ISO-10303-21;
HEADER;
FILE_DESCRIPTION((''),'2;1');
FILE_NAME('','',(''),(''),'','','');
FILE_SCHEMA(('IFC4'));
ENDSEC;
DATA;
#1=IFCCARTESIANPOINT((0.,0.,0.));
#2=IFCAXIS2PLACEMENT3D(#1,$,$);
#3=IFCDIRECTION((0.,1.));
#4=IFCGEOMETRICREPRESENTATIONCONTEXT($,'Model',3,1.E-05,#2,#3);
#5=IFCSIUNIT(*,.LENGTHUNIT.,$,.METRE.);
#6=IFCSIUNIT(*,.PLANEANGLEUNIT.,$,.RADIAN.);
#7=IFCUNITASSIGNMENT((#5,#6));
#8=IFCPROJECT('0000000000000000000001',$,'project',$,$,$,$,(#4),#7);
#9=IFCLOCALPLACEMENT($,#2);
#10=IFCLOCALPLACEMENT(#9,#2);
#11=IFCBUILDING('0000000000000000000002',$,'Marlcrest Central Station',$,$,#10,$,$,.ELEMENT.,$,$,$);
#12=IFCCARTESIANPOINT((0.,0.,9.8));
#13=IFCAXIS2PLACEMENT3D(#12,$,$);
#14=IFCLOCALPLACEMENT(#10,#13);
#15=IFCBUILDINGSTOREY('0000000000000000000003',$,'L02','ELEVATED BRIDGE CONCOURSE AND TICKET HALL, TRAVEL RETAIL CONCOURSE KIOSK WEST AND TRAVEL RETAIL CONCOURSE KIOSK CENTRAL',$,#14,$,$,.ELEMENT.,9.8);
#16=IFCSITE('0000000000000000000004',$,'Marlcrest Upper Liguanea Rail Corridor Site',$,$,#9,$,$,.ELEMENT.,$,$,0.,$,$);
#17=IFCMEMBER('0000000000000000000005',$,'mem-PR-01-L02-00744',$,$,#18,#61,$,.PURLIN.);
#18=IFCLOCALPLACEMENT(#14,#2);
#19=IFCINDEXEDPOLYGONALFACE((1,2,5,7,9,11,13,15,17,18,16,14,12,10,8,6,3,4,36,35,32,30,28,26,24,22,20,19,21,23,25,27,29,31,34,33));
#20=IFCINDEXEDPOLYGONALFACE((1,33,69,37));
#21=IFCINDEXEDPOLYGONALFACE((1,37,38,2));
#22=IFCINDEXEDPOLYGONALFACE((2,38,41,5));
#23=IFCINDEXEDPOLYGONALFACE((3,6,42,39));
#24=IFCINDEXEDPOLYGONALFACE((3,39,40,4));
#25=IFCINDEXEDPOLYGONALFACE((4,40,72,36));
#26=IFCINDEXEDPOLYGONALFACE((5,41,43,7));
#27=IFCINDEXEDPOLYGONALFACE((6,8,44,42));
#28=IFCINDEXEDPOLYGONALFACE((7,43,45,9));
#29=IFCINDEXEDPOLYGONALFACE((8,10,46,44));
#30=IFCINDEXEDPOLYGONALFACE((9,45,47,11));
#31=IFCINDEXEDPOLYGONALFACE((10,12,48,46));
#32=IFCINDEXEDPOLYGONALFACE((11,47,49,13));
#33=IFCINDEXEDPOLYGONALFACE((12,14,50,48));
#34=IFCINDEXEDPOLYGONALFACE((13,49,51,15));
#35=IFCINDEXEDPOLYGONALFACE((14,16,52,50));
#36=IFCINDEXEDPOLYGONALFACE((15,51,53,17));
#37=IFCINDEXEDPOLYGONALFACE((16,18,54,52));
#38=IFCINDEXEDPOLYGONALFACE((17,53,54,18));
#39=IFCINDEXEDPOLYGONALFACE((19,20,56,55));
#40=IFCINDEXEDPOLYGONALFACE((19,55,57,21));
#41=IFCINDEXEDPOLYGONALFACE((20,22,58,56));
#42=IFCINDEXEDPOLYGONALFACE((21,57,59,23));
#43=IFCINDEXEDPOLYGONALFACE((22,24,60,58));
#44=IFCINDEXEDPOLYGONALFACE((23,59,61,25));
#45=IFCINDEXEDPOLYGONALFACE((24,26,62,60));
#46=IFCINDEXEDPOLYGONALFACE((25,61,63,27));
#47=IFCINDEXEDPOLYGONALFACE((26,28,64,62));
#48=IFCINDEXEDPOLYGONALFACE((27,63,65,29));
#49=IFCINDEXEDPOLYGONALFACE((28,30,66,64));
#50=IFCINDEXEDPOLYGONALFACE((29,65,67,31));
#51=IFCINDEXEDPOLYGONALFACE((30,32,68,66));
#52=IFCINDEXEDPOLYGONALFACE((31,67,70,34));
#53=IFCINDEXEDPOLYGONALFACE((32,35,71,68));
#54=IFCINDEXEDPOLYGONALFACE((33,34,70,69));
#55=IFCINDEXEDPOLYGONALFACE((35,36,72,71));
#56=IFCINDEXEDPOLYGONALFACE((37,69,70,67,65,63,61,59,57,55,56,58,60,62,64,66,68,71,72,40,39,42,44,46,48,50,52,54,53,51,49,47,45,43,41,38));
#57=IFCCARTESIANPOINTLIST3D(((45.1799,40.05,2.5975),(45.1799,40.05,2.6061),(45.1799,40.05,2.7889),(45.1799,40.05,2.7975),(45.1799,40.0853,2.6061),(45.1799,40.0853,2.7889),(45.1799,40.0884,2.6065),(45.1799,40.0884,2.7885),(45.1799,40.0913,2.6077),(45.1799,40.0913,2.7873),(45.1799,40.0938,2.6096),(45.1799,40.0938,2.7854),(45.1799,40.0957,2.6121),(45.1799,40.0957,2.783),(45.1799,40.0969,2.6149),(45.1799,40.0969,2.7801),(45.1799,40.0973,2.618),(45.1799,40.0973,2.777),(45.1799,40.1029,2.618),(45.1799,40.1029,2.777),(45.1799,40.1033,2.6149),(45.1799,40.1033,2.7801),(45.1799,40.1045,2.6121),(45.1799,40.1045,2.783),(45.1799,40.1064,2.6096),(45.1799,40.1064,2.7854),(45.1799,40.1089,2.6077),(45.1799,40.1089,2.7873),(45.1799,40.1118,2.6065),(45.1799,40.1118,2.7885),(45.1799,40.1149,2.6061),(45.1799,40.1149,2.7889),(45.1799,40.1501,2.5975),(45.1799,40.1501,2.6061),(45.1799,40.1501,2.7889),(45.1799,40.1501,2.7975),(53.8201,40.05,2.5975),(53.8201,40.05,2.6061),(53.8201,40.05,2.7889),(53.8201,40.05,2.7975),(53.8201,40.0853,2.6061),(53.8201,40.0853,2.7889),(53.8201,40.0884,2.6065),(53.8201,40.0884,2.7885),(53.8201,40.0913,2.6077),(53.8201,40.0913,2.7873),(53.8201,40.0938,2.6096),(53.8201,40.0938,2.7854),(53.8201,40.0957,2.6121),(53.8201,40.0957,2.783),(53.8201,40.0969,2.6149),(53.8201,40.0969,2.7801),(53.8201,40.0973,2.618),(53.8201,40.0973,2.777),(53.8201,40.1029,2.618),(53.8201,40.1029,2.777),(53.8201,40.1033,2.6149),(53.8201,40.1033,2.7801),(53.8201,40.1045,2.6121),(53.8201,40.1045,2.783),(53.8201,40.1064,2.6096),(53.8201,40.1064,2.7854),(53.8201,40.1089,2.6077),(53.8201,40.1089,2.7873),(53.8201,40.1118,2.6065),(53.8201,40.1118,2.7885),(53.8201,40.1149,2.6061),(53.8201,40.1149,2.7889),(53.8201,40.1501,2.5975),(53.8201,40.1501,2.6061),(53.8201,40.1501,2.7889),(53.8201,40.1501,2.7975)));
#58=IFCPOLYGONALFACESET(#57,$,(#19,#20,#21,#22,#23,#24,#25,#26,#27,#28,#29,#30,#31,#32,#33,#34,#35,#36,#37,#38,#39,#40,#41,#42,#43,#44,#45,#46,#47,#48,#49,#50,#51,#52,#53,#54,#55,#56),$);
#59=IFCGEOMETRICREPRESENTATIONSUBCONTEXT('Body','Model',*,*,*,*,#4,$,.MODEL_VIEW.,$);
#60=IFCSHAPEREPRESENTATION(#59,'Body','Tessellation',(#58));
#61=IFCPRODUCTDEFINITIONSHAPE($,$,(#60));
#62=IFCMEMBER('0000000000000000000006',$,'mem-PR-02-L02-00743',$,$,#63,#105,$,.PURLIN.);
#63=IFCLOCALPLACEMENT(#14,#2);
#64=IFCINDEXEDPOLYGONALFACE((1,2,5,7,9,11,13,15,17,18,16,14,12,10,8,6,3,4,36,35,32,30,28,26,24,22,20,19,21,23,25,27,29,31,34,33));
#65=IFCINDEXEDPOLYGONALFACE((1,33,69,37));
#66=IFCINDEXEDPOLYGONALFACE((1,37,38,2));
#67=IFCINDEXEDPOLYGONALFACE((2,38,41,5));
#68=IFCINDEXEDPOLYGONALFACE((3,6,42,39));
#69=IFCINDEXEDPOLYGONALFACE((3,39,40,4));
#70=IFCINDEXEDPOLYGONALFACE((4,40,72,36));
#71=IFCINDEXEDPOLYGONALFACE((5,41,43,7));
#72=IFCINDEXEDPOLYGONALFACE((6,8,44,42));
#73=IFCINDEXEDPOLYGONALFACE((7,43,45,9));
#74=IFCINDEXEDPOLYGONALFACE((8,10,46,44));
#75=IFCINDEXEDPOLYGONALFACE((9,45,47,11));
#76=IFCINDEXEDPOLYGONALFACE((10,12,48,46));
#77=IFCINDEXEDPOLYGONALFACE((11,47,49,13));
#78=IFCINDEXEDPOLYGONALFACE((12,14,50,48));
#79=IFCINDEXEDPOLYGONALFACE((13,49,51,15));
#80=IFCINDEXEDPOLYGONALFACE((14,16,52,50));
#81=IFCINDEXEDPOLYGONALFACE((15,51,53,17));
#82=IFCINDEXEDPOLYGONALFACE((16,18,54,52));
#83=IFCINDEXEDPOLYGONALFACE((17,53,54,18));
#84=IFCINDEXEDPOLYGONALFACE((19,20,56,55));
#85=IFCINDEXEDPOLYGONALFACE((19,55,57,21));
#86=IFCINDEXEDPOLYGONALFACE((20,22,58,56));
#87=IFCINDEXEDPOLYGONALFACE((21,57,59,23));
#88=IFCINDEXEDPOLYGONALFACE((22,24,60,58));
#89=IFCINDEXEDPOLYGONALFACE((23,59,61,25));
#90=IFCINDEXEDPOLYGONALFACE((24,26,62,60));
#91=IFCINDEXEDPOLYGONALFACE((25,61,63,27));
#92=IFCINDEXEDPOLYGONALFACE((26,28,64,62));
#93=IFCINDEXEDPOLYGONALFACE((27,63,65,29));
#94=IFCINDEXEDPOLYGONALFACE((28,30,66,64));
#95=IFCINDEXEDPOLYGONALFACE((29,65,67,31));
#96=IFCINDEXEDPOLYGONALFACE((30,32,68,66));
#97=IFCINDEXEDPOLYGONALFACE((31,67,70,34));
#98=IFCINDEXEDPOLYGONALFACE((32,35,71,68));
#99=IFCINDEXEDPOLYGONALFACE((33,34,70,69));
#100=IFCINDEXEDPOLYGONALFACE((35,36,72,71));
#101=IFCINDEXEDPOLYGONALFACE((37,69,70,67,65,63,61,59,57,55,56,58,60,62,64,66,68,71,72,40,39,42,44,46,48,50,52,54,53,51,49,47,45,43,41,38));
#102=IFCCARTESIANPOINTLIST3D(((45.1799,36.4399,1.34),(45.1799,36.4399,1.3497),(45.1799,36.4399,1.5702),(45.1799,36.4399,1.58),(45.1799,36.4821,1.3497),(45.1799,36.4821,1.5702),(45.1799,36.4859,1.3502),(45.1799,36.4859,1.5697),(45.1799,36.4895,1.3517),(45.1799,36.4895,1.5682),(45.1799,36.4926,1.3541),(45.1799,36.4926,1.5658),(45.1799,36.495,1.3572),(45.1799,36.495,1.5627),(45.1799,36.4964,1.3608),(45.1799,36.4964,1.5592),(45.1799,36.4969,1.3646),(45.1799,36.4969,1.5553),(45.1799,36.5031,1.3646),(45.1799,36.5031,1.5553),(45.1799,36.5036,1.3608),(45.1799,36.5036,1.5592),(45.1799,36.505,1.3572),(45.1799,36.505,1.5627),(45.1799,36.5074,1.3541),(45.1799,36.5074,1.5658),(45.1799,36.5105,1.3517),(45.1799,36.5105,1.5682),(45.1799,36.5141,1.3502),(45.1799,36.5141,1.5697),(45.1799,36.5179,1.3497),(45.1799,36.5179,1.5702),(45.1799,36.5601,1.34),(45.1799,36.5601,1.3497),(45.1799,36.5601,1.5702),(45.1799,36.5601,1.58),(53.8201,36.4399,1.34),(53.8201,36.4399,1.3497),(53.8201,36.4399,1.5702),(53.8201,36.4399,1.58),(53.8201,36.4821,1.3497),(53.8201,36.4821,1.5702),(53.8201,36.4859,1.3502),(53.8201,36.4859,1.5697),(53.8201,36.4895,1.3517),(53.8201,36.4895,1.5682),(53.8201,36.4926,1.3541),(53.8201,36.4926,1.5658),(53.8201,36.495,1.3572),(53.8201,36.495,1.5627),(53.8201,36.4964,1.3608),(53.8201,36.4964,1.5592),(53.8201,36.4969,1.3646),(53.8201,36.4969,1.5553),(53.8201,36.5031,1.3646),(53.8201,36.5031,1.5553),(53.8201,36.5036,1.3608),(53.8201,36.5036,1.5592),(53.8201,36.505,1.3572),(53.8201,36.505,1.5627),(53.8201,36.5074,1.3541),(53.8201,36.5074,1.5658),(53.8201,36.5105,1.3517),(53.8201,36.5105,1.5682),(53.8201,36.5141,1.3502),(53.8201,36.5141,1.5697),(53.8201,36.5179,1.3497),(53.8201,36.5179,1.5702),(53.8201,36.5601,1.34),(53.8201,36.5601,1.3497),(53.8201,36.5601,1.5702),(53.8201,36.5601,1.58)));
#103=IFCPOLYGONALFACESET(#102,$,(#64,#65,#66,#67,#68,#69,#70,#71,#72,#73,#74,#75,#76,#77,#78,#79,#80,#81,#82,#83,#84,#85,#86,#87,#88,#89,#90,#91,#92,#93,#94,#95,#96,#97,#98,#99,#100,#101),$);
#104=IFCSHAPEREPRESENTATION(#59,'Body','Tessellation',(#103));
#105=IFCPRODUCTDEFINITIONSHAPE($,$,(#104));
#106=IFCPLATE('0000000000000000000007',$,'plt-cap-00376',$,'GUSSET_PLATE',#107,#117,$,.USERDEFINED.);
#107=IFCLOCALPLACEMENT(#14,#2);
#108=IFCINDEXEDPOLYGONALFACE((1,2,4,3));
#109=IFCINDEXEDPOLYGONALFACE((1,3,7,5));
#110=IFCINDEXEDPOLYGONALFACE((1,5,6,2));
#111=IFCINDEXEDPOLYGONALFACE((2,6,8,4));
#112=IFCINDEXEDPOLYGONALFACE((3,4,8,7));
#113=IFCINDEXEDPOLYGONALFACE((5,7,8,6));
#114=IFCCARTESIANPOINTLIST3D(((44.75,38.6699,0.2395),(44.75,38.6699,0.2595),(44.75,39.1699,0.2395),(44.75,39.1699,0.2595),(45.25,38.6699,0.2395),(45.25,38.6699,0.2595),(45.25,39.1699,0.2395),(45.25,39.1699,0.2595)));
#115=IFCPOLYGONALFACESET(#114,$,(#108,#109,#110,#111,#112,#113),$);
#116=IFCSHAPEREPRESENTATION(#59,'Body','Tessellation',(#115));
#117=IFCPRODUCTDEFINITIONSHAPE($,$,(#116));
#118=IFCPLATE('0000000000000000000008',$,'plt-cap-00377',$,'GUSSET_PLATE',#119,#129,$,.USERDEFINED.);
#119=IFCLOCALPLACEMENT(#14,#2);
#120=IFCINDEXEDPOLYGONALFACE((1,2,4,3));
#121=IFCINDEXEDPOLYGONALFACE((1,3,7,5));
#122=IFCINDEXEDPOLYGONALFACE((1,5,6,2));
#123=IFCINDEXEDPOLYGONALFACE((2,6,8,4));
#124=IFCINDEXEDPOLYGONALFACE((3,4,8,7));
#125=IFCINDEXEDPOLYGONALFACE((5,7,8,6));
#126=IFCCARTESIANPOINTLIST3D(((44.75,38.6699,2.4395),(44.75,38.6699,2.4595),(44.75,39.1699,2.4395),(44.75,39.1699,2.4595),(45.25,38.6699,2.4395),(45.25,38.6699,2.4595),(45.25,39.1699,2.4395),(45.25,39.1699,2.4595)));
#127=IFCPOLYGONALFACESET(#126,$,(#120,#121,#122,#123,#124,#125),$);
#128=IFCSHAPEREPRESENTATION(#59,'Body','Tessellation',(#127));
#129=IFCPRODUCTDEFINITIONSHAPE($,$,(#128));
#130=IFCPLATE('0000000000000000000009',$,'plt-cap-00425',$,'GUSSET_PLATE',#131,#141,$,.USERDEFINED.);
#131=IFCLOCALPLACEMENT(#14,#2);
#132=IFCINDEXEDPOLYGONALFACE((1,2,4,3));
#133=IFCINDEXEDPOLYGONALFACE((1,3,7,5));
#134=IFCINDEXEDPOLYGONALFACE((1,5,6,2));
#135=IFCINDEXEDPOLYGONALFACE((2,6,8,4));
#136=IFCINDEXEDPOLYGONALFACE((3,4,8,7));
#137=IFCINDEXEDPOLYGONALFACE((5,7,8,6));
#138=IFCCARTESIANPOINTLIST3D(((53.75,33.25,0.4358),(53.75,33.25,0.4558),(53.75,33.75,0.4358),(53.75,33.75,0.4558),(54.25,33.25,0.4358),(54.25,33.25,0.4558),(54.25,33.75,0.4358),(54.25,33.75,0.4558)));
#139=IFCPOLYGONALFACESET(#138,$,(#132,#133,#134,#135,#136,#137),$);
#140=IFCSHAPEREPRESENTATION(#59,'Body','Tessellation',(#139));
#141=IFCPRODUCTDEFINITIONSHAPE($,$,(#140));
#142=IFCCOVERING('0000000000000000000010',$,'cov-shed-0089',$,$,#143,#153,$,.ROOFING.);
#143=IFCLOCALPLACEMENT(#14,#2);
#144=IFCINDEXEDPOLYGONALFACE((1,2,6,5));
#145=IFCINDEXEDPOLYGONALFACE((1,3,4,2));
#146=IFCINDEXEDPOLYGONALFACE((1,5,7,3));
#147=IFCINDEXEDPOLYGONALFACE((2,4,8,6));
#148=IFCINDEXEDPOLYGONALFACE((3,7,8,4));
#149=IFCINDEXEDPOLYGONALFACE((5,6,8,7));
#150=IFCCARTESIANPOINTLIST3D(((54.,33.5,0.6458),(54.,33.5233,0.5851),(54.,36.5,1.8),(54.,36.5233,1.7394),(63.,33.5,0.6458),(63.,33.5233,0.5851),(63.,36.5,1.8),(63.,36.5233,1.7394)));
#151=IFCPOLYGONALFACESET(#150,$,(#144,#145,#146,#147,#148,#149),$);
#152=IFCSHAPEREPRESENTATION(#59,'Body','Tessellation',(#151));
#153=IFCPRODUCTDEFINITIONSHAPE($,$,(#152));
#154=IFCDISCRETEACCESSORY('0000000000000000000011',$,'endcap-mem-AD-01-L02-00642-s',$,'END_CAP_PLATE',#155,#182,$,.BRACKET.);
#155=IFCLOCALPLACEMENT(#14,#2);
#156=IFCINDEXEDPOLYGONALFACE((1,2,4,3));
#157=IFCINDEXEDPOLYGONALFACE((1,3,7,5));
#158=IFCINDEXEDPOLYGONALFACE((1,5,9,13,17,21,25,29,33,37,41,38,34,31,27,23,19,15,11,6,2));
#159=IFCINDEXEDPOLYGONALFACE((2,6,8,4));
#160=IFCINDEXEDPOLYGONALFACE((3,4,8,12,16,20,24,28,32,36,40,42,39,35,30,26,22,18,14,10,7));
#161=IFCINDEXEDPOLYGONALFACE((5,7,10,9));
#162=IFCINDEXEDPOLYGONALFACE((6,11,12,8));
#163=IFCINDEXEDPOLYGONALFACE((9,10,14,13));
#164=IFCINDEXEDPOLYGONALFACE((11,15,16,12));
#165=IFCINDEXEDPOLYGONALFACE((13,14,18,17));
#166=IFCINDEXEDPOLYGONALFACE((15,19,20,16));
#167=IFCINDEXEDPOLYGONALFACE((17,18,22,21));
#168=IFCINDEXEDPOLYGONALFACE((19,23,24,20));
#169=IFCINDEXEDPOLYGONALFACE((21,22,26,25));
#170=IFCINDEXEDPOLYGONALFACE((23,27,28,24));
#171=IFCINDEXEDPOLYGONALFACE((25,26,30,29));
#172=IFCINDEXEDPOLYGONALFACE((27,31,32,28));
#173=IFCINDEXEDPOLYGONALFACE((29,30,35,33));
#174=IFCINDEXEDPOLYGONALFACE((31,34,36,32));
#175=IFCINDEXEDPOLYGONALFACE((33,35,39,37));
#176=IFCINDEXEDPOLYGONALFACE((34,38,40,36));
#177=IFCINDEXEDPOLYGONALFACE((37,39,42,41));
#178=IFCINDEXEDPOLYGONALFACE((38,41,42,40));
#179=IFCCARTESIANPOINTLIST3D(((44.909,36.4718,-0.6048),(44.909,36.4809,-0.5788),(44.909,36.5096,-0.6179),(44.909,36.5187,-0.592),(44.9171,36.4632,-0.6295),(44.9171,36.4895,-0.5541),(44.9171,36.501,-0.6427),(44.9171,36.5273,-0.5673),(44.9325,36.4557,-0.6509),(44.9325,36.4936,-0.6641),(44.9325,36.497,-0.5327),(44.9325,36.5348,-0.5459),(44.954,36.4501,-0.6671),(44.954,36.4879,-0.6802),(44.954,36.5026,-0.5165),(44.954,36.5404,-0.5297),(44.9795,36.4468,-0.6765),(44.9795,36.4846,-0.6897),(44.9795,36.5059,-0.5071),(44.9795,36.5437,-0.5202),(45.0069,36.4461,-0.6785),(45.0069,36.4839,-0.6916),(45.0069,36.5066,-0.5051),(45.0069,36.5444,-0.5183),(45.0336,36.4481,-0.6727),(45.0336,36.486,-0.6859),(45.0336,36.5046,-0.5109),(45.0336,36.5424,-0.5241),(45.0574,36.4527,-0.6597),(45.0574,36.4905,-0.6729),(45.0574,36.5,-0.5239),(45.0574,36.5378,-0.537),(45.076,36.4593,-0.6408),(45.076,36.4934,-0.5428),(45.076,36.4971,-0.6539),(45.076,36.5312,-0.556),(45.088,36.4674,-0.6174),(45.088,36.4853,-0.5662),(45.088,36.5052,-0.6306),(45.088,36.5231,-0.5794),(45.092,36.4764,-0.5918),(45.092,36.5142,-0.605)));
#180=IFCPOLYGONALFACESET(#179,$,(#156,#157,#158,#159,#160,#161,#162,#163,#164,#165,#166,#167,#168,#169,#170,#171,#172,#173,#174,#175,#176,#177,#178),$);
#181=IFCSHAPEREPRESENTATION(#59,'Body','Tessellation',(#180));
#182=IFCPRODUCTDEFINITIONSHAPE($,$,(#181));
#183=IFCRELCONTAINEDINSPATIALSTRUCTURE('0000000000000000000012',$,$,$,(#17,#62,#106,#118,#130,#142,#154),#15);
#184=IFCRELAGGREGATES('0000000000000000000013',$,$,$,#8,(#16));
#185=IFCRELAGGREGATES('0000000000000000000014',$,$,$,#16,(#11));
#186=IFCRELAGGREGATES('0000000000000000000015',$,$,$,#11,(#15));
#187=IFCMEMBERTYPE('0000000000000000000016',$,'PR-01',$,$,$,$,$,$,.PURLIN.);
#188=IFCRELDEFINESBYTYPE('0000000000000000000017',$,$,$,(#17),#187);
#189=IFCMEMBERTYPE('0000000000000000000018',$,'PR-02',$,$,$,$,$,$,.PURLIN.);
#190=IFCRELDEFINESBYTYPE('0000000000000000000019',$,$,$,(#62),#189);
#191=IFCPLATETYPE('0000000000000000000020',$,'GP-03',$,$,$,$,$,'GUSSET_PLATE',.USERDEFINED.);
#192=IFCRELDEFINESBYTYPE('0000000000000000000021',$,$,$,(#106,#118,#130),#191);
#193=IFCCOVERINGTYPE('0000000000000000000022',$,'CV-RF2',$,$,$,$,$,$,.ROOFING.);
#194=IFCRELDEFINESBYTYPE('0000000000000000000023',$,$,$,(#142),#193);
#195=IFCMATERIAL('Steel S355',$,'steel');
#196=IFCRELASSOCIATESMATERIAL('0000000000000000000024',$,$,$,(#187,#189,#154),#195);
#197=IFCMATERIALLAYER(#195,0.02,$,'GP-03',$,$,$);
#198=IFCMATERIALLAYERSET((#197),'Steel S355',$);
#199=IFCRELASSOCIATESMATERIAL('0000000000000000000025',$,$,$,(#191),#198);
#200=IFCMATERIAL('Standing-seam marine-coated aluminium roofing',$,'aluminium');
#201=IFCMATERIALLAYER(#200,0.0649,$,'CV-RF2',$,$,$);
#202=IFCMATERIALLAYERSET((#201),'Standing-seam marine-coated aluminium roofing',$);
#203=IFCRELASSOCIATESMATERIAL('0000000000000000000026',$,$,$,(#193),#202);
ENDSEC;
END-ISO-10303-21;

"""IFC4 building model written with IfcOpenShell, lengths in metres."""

from ifc_helpers import new_model, si_unit, direction, frame, origin, origin_2d, place, context, subcontext, project, spatial, polyline, rectangle, circle, i_section, outline, extrude, material, layer, layer_set, material_profile, profile_set, type_object, element, save


model = new_model("IFC4")

# Units and contexts
model_context = context("Model", 3, precision=1e-05, world=origin(), true_north=direction((0.0, 1.0)))
body_context = subcontext(model_context, "Body", "Model", "MODEL_VIEW")
ifc_project = project(units=[si_unit("LENGTHUNIT", "METRE"), si_unit("PLANEANGLEUNIT", "RADIAN")], contexts=[model_context])

# Site, building, storey
site_placement = place(None, origin())
site = spatial("IfcSite", under=ifc_project, at=site_placement, Name="Marlcrest Upper Liguanea Rail Corridor Site", CompositionType="ELEMENT", RefElevation=0.0)
building_placement = place(site_placement, origin())
building = spatial("IfcBuilding", under=site, at=building_placement, Name="Marlcrest Central Station", CompositionType="ELEMENT")
storey_placement = place(building_placement, frame((0.0, 0.0, 9.8)))
storey = spatial("IfcBuildingStorey", under=building, at=storey_placement, Name="L02", Description="ELEVATED BRIDGE CONCOURSE AND TICKET HALL, TRAVEL RETAIL CONCOURSE KIOSK WEST AND TRAVEL RETAIL CONCOURSE KIOSK CENTRAL", CompositionType="ELEMENT", Elevation=9.8)

# Members
ifc_material_1 = material(Name="Steel S355", Category="steel")
ifc_material_profile_1 = material_profile(ifc_material_1, i_section(OverallWidth=0.1001, OverallDepth=0.2, WebThickness=0.0056, FlangeThickness=0.0085, FilletRadius=0.012, at=origin_2d()), Name="IPE 200")
ifc_profile_set_1 = profile_set([ifc_material_profile_1], Name="Steel S355")
member_type_1 = type_object("IfcMemberType", Name="PR-01", PredefinedType="PURLIN", material=ifc_profile_set_1)
for number, where, z_axis, x_axis, name in (
    (1, (45.1799, 40.1001, 2.6975), (1.0, 0.0, 0.0), (0.0, 1.0, 0.0), "mem-PR-01-L02-00744"),
):
    element("IfcMember", number, at=place(storey_placement, frame(where, z_axis=z_axis, x_axis=x_axis)), inside=storey, type_object=member_type_1, Name=name, PredefinedType="PURLIN", context=body_context, shape_type="SweptSolid", body=[
        extrude(i_section(OverallWidth=0.1001, OverallDepth=0.2, WebThickness=0.0056, FlangeThickness=0.0085, FilletRadius=0.012, at=origin_2d()), origin(), (0.0, 0.0, 1.0), 8.6401),
    ])
ifc_material_profile_2 = material_profile(ifc_material_1, i_section(OverallWidth=0.1201, OverallDepth=0.24, WebThickness=0.0061, FlangeThickness=0.0098, FilletRadius=0.0149, at=origin_2d()), Name="IPE 240")
ifc_profile_set_2 = profile_set([ifc_material_profile_2], Name="Steel S355")
member_type_2 = type_object("IfcMemberType", Name="PR-02", PredefinedType="PURLIN", material=ifc_profile_set_2)
member_1_placement = place(storey_placement, frame((45.1799, 36.5, 1.46), z_axis=(1.0, 0.0, 0.0), x_axis=(0.0, 1.0, 0.0)))
element("IfcMember", 2, at=member_1_placement, inside=storey, type_object=member_type_2, Name="mem-PR-02-L02-00743", PredefinedType="PURLIN", context=body_context, shape_type="SweptSolid", body=[
    extrude(i_section(OverallWidth=0.1201, OverallDepth=0.24, WebThickness=0.0061, FlangeThickness=0.0098, FilletRadius=0.0149, at=origin_2d()), origin(), (0.0, 0.0, 1.0), 8.6401),
])

# Plates
ifc_layer_1 = layer(ifc_material_1, 0.02, Name="GP-03")
ifc_layer_set_1 = layer_set([ifc_layer_1], Name="Steel S355")
plate_type = type_object("IfcPlateType", Name="GP-03", ElementType="GUSSET_PLATE", PredefinedType="USERDEFINED", material=ifc_layer_set_1)
for number, where, z_axis, x_axis, name in (
    (3, (45.0, 38.9199, 0.2395), (0.0, 0.0, 1.0), (1.0, 0.0, 0.0), "plt-cap-00376"),
    (4, (45.0, 38.9199, 2.4395), (0.0, 0.0, 1.0), (1.0, 0.0, 0.0), "plt-cap-00377"),
    (5, (54.0, 33.5, 0.4358), (0.0, 0.0, 1.0), (1.0, 0.0, 0.0), "plt-cap-00425"),
):
    element("IfcPlate", number, at=place(storey_placement, frame(where, z_axis=z_axis, x_axis=x_axis)), inside=storey, type_object=plate_type, Name=name, ObjectType="GUSSET_PLATE", PredefinedType="USERDEFINED", context=body_context, shape_type="SweptSolid", body=[
        extrude(rectangle(XDim=0.5, YDim=0.5, at=origin_2d()), origin(), (0.0, 0.0, 1.0), 0.02),
    ])

# Covering
ifc_material_2 = material(Name="Standing-seam marine-coated aluminium roofing", Category="aluminium")
ifc_layer_2 = layer(ifc_material_2, 0.0649, Name="CV-RF2")
ifc_layer_set_2 = layer_set([ifc_layer_2], Name="Standing-seam marine-coated aluminium roofing")
covering_type = type_object("IfcCoveringType", Name="CV-RF2", PredefinedType="ROOFING", material=ifc_layer_set_2)
covering_placement = place(storey_placement, frame((54.0, 33.5, 0.6458), z_axis=(0.0, -0.359101, 0.933299), x_axis=(1.0, 0.0, 0.0)))
element("IfcCovering", 6, at=covering_placement, inside=storey, type_object=covering_type, Name="cov-shed-0089", PredefinedType="ROOFING", context=body_context, shape_type="SweptSolid", body=[
    extrude(outline(polyline([(0.0, 0.0), (9.0, 0.0), (9.0, 3.2144), (0.0, 3.2144), (0.0, 0.0)])), origin(), (0.0, 0.0, -1.0), 0.0649),
])

# Discrete accessory
discrete_accessory_1_placement = place(storey_placement, frame((45.0, 36.5142, -0.605), z_axis=(0.0, -0.94426, 0.3292), x_axis=(1.0, 0.0, 0.0)))
element("IfcDiscreteAccessory", 7, at=discrete_accessory_1_placement, inside=storey, material=ifc_material_1, Name="endcap-mem-AD-01-L02-00642-s", ObjectType="END_CAP_PLATE", PredefinedType="BRACKET", context=body_context, shape_type="SweptSolid", body=[
    extrude(circle(Radius=0.092, at=origin_2d()), origin(), (0.0, 0.0, 1.0), 0.04),
])

save(model, "model.ifc")
